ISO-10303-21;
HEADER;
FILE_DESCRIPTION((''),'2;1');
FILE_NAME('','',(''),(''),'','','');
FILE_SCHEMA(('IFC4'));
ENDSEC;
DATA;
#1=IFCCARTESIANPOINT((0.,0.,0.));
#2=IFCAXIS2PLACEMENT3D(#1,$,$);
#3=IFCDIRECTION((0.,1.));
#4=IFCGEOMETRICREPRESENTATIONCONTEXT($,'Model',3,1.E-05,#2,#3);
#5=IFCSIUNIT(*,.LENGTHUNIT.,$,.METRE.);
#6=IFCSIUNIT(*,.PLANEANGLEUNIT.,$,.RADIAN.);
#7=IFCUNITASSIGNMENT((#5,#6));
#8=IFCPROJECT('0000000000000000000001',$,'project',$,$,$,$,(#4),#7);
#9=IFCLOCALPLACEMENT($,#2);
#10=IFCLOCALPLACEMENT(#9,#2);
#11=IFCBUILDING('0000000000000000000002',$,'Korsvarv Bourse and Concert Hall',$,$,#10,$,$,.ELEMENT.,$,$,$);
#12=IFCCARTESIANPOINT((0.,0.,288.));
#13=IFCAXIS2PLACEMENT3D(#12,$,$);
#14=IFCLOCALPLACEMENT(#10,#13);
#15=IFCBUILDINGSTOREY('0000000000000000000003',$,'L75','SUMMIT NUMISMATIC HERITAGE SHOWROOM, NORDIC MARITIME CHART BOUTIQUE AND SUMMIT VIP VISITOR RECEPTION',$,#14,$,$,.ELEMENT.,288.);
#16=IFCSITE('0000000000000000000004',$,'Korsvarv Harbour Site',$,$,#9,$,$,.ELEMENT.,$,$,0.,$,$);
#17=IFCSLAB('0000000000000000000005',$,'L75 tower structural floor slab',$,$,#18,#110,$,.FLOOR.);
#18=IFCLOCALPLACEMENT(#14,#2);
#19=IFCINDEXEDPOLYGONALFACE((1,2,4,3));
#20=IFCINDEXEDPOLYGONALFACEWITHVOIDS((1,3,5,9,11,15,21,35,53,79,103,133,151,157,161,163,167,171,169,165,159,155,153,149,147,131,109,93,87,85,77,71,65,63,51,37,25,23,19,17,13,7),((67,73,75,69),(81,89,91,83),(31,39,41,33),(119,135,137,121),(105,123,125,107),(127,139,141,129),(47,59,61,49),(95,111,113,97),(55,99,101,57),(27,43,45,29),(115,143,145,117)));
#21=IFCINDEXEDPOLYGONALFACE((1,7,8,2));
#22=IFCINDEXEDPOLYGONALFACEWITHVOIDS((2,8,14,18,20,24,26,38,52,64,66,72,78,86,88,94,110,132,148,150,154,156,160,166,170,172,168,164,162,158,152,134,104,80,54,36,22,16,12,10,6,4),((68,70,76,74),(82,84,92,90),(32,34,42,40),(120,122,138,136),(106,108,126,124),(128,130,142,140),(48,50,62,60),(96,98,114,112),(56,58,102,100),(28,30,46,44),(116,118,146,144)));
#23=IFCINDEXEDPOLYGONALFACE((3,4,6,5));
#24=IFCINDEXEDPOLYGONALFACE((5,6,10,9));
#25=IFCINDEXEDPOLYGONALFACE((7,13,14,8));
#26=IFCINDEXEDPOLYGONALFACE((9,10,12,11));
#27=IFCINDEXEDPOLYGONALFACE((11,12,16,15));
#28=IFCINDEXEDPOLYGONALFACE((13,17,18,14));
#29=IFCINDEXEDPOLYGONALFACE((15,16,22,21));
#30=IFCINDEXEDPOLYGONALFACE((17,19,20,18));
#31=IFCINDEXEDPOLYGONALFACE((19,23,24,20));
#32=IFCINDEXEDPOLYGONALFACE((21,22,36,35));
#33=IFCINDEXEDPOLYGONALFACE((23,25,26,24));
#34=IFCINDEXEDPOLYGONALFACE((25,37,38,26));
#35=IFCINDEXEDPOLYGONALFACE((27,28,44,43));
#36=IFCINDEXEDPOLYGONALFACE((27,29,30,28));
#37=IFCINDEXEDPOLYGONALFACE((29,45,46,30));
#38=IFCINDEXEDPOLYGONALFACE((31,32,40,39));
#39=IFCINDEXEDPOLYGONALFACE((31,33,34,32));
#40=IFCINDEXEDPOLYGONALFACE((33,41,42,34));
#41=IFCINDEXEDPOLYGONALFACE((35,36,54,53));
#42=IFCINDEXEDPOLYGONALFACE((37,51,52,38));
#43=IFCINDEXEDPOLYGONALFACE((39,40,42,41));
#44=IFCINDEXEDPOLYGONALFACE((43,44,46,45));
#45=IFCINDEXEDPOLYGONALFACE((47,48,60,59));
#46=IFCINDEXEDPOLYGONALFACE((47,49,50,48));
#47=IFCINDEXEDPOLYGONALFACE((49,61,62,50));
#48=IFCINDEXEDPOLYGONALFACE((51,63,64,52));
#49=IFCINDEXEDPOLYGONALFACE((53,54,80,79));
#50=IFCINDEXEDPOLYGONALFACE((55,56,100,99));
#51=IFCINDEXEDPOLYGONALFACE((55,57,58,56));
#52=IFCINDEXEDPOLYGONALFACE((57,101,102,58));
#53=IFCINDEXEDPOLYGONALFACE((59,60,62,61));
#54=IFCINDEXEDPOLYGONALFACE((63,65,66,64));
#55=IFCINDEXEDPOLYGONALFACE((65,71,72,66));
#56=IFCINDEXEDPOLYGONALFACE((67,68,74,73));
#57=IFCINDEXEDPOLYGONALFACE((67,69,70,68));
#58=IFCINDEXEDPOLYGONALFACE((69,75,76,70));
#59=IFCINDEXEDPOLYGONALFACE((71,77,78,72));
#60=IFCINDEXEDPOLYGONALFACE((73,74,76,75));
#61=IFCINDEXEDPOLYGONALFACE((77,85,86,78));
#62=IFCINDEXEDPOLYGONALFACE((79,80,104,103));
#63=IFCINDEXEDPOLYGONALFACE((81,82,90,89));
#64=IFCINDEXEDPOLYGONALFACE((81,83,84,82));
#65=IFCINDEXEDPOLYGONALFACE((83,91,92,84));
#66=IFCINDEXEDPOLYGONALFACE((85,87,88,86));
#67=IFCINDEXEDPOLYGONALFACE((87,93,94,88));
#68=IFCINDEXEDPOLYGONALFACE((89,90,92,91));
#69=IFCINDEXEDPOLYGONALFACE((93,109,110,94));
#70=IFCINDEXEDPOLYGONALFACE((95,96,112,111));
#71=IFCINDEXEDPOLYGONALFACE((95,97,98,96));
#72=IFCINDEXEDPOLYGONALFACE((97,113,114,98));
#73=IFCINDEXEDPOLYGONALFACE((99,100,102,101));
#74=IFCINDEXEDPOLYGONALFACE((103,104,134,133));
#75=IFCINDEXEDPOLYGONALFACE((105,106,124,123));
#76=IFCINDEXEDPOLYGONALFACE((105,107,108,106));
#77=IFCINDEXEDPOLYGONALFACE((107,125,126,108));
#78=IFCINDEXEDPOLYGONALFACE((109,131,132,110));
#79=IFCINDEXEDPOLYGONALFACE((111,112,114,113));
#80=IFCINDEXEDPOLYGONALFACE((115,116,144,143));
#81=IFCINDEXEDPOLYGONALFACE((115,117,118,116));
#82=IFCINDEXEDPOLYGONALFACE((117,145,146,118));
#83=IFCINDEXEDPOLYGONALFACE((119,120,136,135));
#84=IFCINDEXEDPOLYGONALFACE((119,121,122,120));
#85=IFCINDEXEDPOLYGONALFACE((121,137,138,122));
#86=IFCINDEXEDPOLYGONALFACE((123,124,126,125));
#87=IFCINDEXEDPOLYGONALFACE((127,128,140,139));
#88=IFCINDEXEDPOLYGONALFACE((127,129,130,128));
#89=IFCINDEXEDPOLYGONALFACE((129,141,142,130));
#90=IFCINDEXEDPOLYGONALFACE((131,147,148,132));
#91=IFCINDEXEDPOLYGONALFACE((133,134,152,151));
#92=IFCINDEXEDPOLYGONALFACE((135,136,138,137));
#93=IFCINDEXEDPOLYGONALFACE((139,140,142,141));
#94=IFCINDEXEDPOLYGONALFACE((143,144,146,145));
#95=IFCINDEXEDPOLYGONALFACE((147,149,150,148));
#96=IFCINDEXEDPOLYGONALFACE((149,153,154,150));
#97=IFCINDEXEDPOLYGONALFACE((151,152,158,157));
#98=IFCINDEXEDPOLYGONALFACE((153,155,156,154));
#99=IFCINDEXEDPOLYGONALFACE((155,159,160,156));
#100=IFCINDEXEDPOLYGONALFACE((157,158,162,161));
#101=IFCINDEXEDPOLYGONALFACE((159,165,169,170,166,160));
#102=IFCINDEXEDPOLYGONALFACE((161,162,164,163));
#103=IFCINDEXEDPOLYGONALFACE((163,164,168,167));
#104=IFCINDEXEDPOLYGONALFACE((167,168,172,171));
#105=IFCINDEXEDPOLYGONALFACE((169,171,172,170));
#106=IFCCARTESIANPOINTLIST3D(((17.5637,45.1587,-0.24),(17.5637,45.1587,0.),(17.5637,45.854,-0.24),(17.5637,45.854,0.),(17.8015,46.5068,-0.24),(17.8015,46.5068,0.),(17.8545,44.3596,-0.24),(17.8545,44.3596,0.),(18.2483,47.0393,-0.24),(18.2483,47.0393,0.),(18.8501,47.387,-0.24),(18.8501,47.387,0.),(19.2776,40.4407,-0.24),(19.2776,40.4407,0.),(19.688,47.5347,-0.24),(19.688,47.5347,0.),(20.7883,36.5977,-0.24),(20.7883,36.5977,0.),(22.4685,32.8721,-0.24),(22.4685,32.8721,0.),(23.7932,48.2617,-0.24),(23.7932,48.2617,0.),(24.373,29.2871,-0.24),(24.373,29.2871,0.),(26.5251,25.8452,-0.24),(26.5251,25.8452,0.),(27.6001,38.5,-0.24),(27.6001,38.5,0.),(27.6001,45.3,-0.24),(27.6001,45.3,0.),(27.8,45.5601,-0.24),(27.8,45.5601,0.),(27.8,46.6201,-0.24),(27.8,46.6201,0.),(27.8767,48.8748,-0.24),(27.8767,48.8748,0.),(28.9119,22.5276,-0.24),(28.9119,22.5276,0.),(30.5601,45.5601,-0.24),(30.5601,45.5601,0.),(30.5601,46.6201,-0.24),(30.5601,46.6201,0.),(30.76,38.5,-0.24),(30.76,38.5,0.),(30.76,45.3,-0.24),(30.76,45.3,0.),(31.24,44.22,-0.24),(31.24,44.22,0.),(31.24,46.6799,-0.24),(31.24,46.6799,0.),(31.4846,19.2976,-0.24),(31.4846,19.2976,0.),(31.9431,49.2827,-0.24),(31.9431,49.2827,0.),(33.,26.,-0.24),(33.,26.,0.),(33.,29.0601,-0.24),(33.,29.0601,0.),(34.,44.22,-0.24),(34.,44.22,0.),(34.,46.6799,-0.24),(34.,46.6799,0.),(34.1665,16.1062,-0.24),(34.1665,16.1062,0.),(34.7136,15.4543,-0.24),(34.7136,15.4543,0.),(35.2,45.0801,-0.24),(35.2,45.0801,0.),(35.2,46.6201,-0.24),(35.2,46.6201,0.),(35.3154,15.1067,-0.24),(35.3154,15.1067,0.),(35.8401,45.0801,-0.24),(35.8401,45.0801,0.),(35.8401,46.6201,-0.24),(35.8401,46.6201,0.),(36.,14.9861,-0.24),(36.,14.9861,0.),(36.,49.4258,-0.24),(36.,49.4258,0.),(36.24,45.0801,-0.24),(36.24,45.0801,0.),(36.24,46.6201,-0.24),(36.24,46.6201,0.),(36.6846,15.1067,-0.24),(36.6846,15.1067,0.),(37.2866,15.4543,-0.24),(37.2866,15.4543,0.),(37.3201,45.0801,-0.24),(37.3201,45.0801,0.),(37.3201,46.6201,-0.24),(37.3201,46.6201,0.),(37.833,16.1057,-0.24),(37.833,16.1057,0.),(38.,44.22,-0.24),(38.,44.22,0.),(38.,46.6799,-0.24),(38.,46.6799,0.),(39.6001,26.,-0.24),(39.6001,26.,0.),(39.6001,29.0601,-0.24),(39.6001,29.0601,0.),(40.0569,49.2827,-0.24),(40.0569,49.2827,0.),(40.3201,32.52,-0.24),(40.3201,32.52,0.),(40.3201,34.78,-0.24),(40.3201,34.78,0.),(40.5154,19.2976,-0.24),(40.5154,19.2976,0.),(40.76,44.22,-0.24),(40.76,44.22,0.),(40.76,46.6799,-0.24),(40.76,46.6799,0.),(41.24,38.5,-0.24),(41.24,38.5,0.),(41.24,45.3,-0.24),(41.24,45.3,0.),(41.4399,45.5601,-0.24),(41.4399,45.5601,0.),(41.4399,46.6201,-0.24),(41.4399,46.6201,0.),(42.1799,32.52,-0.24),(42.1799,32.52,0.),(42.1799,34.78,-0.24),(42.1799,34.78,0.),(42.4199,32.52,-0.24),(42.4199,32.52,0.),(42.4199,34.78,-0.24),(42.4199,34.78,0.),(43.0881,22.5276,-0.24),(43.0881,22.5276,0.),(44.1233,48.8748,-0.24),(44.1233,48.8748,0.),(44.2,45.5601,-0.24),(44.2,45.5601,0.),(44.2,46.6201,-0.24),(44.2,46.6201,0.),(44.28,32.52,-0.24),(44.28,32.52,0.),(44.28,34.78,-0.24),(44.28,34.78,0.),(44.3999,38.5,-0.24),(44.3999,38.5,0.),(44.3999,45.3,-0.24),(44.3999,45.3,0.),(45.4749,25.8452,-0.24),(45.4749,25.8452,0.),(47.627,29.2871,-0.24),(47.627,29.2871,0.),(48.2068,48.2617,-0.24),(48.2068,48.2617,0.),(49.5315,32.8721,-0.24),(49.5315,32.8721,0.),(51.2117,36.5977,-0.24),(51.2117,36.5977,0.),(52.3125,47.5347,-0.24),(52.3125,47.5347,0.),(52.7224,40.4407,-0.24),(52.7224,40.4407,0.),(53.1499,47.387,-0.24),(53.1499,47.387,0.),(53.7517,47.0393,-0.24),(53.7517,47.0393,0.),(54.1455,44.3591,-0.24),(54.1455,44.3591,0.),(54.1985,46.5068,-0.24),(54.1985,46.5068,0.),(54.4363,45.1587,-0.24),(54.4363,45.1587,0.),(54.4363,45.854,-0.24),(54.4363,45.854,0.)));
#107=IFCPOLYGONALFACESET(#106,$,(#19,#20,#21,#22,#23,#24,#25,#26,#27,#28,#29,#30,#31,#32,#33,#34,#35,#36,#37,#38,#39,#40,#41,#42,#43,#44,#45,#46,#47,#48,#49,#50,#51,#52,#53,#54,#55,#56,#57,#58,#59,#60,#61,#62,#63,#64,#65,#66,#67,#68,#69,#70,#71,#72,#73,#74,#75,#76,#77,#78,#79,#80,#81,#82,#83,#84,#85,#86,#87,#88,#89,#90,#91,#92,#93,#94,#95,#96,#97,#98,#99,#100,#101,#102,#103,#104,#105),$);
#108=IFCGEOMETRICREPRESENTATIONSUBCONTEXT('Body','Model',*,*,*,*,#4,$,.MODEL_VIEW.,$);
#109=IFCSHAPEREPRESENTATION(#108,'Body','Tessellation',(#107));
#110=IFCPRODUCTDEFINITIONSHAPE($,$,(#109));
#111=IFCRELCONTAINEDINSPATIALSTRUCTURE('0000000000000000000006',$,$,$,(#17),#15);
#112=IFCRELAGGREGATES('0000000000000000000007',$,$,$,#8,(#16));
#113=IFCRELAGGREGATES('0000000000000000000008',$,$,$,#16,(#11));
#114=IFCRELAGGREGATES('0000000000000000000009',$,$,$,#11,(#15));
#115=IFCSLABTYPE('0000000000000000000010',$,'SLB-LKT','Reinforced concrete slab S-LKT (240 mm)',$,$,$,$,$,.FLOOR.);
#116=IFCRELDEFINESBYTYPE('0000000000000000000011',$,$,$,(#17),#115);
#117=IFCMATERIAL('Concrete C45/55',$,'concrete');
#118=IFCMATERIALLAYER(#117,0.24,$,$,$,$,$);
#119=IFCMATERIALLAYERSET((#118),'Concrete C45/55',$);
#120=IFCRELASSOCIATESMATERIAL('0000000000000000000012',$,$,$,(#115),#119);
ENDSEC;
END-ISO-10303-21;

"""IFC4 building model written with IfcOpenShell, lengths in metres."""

from ifc_helpers import new_model, si_unit, direction, frame, origin, place, context, subcontext, project, spatial, polyline, outline, extrude, material, layer, layer_set, type_object, element, save


model = new_model("IFC4")

# Units and contexts
model_context = context("Model", 3, precision=1e-05, world=origin(), true_north=direction((0.0, 1.0)))
body_context = subcontext(model_context, "Body", "Model", "MODEL_VIEW")
ifc_project = project(units=[si_unit("LENGTHUNIT", "METRE"), si_unit("PLANEANGLEUNIT", "RADIAN")], contexts=[model_context])

# Site, building, storey
site_placement = place(None, origin())
site = spatial("IfcSite", under=ifc_project, at=site_placement, Name="Korsvarv Harbour Site", CompositionType="ELEMENT", RefElevation=0.0)
building_placement = place(site_placement, origin())
building = spatial("IfcBuilding", under=site, at=building_placement, Name="Korsvarv Bourse and Concert Hall", CompositionType="ELEMENT")
storey_placement = place(building_placement, frame((0.0, 0.0, 288.0)))
storey = spatial("IfcBuildingStorey", under=building, at=storey_placement, Name="L75", Description="SUMMIT NUMISMATIC HERITAGE SHOWROOM, NORDIC MARITIME CHART BOUTIQUE AND SUMMIT VIP VISITOR RECEPTION", CompositionType="ELEMENT", Elevation=288.0)

# Slab
ifc_material_1 = material(Name="Concrete C45/55", Category="concrete")
ifc_layer_1 = layer(ifc_material_1, 0.24)
ifc_layer_set_1 = layer_set([ifc_layer_1], Name="Concrete C45/55")
slab_type_1 = type_object("IfcSlabType", Name="SLB-LKT", Description="Reinforced concrete slab S-LKT (240 mm)", PredefinedType="FLOOR", material=ifc_layer_set_1)
slab_1_placement = place(storey_placement, frame((0.0, 0.0, -0.24)))
element("IfcSlab", 1, at=slab_1_placement, inside=storey, type_object=slab_type_1, Name="L75 tower structural floor slab", PredefinedType="FLOOR", context=body_context, shape_type="SweptSolid", body=[
    extrude(outline(polyline([(54.1455, 44.3591), (52.7224, 40.4407), (51.2117, 36.5977), (49.5315, 32.8721), (47.627, 29.2871), (45.4749, 25.8452), (43.0881, 22.5276), (40.5154, 19.2976), (37.833, 16.1057), (37.2866, 15.4543), (36.6846, 15.1067), (36.0, 14.9861), (35.3154, 15.1067), (34.7136, 15.4543), (34.1665, 16.1062), (31.4846, 19.2976), (28.9119, 22.5276), (26.5251, 25.8452), (24.373, 29.2871), (22.4685, 32.8721), (20.7883, 36.5977), (19.2776, 40.4407), (17.8545, 44.3596), (17.5637, 45.1587), (17.5637, 45.854), (17.8015, 46.5068), (18.2483, 47.0393), (18.8501, 47.387), (19.688, 47.5347), (23.7932, 48.2617), (27.8767, 48.8748), (31.9431, 49.2827), (36.0, 49.4258), (40.0569, 49.2827), (44.1233, 48.8748), (48.2068, 48.2617), (52.3125, 47.5347), (53.1499, 47.387), (53.7517, 47.0393), (54.1985, 46.5068), (54.4363, 45.854), (54.4363, 45.1587), (54.1455, 44.3591)]), holes=[polyline([(30.76, 38.5), (30.76, 45.3), (27.6001, 45.3), (27.6001, 38.5), (30.76, 38.5)]), polyline([(44.3999, 38.5), (44.3999, 45.3), (41.24, 45.3), (41.24, 38.5), (44.3999, 38.5)]), polyline([(33.0, 26.0), (39.6001, 26.0), (39.6001, 29.0601), (33.0, 29.0601), (33.0, 26.0)]), polyline([(31.24, 44.22), (34.0, 44.22), (34.0, 46.6799), (31.24, 46.6799), (31.24, 44.22)]), polyline([(38.0, 44.22), (40.76, 44.22), (40.76, 46.6799), (38.0, 46.6799), (38.0, 44.22)]), polyline([(40.3201, 32.52), (42.1799, 32.52), (42.1799, 34.78), (40.3201, 34.78), (40.3201, 32.52)]), polyline([(42.4199, 32.52), (44.28, 32.52), (44.28, 34.78), (42.4199, 34.78), (42.4199, 32.52)]), polyline([(27.8, 45.5601), (30.5601, 45.5601), (30.5601, 46.6201), (27.8, 46.6201), (27.8, 45.5601)]), polyline([(41.4399, 45.5601), (44.2, 45.5601), (44.2, 46.6201), (41.4399, 46.6201), (41.4399, 45.5601)]), polyline([(35.2, 45.0801), (35.8401, 45.0801), (35.8401, 46.6201), (35.2, 46.6201), (35.2, 45.0801)]), polyline([(36.24, 45.0801), (37.3201, 45.0801), (37.3201, 46.6201), (36.24, 46.6201), (36.24, 45.0801)])]), origin(), (0.0, 0.0, 1.0), 0.24),
])

save(model, "model.ifc")
